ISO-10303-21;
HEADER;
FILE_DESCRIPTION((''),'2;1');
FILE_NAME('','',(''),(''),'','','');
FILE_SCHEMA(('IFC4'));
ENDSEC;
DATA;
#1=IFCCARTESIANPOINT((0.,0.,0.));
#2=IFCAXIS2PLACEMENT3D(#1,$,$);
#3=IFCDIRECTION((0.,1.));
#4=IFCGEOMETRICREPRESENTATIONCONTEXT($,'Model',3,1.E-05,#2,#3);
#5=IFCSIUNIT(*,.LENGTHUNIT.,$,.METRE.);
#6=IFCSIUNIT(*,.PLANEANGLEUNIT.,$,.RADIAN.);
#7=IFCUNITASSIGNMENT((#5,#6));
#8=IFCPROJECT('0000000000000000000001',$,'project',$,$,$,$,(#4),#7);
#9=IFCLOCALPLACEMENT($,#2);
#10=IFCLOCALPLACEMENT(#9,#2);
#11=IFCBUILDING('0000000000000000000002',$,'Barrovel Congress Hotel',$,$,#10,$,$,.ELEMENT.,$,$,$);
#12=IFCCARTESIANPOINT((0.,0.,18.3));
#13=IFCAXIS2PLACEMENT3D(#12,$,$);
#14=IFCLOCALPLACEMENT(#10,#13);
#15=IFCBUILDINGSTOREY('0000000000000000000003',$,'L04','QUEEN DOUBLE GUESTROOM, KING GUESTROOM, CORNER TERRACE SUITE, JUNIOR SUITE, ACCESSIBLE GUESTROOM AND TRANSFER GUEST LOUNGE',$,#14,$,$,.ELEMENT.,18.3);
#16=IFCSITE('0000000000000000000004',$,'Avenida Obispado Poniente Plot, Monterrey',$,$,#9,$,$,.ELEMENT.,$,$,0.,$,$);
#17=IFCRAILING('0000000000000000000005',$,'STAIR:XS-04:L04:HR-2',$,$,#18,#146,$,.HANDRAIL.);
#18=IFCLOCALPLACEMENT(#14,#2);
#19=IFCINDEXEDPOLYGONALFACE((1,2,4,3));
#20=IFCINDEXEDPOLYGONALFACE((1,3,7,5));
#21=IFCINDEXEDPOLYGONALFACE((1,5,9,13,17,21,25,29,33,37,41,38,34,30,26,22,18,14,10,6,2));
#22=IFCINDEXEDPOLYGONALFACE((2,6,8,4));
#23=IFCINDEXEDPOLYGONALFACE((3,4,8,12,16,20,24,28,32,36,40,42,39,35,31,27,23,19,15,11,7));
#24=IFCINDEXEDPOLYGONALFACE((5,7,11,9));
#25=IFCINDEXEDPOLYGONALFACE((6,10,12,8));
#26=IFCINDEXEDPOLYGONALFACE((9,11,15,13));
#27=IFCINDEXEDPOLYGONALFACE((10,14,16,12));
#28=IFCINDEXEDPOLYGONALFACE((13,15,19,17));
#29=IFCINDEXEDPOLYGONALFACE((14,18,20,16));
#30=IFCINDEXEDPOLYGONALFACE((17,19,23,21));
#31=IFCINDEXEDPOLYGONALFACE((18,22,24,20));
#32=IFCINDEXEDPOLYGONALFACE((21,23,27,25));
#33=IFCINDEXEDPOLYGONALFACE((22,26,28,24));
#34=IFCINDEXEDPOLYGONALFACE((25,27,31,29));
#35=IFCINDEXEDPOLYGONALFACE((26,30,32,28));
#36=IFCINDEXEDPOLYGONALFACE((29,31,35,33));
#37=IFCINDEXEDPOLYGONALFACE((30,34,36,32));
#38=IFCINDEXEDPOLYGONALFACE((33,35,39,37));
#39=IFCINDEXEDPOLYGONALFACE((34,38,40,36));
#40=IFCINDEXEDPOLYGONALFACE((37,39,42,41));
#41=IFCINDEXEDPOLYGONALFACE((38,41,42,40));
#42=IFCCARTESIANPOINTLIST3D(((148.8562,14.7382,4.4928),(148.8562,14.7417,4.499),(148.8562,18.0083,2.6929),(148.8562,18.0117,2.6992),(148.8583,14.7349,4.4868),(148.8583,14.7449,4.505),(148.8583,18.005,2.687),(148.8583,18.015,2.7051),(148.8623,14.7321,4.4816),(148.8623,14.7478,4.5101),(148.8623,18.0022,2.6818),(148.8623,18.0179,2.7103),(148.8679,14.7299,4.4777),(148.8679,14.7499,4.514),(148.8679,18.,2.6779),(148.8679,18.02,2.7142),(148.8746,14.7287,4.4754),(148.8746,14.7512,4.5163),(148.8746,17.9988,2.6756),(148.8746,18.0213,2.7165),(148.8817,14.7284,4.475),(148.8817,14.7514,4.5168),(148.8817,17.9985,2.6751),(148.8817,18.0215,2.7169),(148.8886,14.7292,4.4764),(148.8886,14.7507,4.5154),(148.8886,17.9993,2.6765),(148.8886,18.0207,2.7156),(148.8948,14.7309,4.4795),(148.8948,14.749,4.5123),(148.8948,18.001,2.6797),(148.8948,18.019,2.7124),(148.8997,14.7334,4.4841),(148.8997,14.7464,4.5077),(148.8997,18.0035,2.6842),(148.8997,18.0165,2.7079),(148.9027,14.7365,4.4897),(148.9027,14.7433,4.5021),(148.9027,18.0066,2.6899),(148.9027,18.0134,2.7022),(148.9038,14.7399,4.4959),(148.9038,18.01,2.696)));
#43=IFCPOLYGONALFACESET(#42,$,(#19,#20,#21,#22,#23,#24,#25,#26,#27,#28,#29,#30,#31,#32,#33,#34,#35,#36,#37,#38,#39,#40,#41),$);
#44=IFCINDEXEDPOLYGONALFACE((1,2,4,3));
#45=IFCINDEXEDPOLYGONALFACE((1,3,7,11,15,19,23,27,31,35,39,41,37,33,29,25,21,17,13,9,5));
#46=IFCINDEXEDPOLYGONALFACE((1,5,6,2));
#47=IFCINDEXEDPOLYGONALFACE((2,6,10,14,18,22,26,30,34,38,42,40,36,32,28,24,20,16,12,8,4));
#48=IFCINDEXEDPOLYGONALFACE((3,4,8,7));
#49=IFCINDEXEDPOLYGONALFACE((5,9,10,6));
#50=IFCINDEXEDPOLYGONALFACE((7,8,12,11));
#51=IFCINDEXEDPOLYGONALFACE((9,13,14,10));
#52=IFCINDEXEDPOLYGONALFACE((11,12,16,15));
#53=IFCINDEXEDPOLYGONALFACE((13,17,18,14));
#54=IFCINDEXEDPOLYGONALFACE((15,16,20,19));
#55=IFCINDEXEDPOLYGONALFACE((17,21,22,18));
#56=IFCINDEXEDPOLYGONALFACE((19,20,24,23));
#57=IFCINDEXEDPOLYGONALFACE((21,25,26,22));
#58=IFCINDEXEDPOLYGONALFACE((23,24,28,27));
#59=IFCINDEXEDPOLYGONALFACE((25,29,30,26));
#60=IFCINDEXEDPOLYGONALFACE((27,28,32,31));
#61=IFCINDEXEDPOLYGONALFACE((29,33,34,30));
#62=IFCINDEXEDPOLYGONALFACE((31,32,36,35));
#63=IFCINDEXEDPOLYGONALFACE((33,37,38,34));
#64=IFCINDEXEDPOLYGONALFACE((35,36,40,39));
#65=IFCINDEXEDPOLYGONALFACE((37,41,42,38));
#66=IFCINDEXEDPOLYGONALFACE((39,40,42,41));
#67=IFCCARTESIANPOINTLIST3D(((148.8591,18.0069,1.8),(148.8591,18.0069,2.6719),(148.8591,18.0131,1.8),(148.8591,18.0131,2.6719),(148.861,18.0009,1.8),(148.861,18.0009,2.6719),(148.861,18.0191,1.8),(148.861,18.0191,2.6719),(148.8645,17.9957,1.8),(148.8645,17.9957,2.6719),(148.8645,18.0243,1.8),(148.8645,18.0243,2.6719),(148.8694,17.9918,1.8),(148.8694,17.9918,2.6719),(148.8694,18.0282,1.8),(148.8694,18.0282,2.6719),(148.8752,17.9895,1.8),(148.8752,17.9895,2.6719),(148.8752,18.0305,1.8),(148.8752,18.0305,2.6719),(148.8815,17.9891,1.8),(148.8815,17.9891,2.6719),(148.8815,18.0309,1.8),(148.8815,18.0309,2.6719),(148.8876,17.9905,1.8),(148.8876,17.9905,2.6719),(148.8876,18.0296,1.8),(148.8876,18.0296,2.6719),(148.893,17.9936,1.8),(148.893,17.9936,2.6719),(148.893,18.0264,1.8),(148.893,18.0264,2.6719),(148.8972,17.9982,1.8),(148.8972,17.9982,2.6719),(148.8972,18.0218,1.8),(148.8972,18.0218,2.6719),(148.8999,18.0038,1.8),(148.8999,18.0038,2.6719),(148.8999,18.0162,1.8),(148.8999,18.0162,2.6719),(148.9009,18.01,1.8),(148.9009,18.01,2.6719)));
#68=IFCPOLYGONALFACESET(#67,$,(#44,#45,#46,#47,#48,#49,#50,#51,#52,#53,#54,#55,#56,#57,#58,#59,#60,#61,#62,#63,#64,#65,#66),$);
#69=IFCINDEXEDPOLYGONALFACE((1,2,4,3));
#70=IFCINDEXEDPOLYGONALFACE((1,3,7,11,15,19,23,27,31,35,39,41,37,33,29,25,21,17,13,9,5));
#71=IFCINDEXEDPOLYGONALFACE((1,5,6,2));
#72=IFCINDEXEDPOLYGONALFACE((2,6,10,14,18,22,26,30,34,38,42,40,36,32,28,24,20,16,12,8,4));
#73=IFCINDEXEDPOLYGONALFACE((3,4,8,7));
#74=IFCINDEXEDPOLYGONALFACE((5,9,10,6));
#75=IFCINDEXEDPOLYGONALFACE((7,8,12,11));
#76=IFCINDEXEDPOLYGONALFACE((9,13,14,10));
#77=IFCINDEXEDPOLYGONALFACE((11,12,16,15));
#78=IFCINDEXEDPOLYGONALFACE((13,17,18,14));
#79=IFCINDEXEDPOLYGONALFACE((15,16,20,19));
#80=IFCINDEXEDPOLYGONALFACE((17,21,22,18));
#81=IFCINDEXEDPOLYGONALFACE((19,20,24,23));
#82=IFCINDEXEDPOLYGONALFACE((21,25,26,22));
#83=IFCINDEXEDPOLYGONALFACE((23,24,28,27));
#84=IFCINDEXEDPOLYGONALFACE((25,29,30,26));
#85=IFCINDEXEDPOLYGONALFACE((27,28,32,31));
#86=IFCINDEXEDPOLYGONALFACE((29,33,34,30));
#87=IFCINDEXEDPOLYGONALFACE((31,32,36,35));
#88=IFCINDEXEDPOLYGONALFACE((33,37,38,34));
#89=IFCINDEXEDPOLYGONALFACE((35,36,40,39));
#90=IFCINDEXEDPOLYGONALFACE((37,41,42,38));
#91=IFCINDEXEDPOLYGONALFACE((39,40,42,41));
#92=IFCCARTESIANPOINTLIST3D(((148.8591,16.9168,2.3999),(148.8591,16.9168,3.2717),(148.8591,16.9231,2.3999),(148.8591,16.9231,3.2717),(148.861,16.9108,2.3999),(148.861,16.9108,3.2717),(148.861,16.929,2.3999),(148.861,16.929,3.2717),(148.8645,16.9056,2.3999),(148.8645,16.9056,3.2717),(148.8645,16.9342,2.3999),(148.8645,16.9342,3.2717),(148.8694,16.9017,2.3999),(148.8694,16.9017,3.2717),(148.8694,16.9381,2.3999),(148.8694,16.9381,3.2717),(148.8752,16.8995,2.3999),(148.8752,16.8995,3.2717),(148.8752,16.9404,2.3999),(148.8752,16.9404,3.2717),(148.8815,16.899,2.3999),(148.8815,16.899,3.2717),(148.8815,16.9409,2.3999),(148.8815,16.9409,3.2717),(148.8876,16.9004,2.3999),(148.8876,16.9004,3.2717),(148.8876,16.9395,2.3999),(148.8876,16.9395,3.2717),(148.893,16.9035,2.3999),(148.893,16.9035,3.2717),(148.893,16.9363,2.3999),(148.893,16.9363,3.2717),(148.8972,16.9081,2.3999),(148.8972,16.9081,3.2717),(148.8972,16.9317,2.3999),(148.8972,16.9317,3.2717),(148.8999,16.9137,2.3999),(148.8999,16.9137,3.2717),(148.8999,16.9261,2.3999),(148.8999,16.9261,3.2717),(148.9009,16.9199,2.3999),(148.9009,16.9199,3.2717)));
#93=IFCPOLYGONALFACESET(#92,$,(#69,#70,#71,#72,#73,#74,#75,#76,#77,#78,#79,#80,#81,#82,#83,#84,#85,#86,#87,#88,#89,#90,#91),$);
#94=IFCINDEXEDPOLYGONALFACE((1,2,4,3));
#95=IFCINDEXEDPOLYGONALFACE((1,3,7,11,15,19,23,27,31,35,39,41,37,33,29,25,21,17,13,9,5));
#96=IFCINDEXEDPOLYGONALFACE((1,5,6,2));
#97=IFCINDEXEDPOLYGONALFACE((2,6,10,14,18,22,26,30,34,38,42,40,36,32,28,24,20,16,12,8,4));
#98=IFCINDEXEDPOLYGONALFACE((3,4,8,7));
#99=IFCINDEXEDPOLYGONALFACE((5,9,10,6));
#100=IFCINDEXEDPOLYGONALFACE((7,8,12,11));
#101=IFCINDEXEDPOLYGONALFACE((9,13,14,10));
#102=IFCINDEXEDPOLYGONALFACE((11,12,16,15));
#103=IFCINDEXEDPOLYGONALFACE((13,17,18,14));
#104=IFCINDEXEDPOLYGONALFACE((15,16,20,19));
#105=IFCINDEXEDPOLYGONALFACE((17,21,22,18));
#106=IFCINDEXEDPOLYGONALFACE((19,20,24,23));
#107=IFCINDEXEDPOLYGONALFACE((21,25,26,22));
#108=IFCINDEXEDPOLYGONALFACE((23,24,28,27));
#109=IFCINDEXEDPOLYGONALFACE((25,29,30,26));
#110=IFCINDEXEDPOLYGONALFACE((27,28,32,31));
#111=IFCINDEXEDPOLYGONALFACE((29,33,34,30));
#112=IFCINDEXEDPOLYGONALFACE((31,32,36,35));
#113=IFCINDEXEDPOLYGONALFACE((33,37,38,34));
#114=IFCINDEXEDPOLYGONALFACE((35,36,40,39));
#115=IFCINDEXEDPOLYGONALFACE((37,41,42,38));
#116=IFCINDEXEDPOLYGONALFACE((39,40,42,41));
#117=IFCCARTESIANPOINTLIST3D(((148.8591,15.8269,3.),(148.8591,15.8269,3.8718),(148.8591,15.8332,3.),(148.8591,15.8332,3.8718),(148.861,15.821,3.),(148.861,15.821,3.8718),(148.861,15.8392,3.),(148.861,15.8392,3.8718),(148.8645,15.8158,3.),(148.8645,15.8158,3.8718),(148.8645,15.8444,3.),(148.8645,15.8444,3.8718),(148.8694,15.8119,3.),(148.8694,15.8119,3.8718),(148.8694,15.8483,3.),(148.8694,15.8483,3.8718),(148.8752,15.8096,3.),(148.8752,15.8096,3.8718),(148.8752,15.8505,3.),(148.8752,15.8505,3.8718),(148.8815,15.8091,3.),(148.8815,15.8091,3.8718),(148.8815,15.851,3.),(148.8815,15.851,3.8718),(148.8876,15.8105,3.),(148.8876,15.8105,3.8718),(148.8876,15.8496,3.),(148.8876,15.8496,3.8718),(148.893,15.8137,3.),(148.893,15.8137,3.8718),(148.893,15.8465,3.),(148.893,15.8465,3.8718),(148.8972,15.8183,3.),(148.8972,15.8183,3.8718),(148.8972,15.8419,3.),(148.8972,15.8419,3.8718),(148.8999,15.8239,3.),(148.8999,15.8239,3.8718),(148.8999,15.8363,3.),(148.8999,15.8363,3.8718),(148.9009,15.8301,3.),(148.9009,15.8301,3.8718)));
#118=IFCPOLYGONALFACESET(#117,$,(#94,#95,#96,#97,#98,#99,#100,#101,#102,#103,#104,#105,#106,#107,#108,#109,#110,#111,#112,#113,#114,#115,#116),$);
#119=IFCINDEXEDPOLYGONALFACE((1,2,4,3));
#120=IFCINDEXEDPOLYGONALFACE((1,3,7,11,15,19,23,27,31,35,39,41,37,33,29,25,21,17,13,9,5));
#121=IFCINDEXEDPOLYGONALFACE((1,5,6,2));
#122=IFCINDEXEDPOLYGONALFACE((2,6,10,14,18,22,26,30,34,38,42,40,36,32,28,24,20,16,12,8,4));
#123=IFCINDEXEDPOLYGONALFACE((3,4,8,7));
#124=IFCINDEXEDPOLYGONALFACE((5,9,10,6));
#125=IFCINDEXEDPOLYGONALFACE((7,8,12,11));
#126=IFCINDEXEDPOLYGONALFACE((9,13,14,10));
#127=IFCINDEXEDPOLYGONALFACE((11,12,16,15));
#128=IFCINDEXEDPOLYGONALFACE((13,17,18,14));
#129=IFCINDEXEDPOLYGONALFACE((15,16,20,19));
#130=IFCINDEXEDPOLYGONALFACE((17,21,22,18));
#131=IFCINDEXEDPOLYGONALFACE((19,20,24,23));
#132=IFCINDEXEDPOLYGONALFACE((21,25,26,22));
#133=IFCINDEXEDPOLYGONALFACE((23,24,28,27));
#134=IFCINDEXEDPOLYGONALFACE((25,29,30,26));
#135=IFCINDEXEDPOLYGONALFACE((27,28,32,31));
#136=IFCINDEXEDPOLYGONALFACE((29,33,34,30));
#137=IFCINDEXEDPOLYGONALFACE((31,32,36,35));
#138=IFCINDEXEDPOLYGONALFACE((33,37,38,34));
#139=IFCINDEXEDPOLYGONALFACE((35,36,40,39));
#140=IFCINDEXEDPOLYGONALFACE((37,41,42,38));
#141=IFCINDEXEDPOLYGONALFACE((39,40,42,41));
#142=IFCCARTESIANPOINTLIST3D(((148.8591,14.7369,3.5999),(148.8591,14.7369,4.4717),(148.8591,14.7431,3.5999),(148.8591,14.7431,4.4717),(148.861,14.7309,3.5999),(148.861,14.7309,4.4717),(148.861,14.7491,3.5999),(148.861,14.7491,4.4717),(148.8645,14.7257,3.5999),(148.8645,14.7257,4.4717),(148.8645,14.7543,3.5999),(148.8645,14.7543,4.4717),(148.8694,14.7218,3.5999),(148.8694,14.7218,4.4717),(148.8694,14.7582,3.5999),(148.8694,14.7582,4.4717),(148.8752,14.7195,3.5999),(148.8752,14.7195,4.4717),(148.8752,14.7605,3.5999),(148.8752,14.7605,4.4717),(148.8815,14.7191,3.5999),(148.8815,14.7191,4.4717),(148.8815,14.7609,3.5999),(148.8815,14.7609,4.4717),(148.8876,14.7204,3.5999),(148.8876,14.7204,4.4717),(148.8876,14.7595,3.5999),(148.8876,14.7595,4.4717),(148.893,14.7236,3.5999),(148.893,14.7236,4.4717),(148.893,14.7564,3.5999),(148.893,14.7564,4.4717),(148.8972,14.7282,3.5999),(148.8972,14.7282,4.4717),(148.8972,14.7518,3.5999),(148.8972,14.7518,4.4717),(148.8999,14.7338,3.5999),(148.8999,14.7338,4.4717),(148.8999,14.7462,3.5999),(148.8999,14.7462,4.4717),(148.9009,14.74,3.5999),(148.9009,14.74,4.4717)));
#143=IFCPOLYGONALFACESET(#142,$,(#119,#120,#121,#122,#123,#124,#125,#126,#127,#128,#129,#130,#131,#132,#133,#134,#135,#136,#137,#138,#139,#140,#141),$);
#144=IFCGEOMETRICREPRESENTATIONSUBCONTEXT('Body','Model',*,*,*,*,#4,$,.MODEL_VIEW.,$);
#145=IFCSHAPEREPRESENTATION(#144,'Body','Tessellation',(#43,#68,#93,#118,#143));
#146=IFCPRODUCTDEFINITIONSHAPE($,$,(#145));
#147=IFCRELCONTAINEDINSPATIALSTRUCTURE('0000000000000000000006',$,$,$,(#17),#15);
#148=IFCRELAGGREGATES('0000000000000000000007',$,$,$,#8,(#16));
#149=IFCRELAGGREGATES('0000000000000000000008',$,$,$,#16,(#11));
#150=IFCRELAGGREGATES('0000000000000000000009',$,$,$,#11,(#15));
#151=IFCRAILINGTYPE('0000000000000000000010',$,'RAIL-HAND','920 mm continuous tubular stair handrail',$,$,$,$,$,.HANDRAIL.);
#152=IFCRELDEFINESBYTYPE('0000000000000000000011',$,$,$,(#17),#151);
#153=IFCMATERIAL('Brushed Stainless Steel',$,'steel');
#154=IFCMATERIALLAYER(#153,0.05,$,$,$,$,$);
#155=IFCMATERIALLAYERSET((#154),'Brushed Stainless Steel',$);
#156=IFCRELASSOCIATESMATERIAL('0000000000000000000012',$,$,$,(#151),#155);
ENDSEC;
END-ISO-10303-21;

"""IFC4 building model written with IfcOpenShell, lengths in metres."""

from ifc_helpers import new_model, si_unit, direction, frame, origin, origin_2d, place, context, subcontext, project, spatial, circle, extrude, material, layer, layer_set, type_object, element, save


model = new_model("IFC4")

# Units and contexts
model_context = context("Model", 3, precision=1e-05, world=origin(), true_north=direction((0.0, 1.0)))
body_context = subcontext(model_context, "Body", "Model", "MODEL_VIEW")
ifc_project = project(units=[si_unit("LENGTHUNIT", "METRE"), si_unit("PLANEANGLEUNIT", "RADIAN")], contexts=[model_context])

# Site, building, storey
site_placement = place(None, origin())
site = spatial("IfcSite", under=ifc_project, at=site_placement, Name="Avenida Obispado Poniente Plot, Monterrey", CompositionType="ELEMENT", RefElevation=0.0)
building_placement = place(site_placement, origin())
building = spatial("IfcBuilding", under=site, at=building_placement, Name="Barrovel Congress Hotel", CompositionType="ELEMENT")
storey_placement = place(building_placement, frame((0.0, 0.0, 18.3)))
storey = spatial("IfcBuildingStorey", under=building, at=storey_placement, Name="L04", Description="QUEEN DOUBLE GUESTROOM, KING GUESTROOM, CORNER TERRACE SUITE, JUNIOR SUITE, ACCESSIBLE GUESTROOM AND TRANSFER GUEST LOUNGE", CompositionType="ELEMENT", Elevation=18.3)

# Railing
ifc_material_1 = material(Name="Brushed Stainless Steel", Category="steel")
ifc_layer_1 = layer(ifc_material_1, 0.05)
ifc_layer_set_1 = layer_set([ifc_layer_1], Name="Brushed Stainless Steel")
railing_type_1 = type_object("IfcRailingType", Name="RAIL-HAND", Description="920 mm continuous tubular stair handrail", PredefinedType="HANDRAIL", material=ifc_layer_set_1)
railing_1_placement = place(storey_placement, frame((148.8799, 18.01, 1.8)))
element("IfcRailing", 1, at=railing_1_placement, inside=storey, type_object=railing_type_1, Name="STAIR:XS-04:L04:HR-2", PredefinedType="HANDRAIL", context=body_context, shape_type="SweptSolid", body=[
    extrude(circle(Radius=0.0239, at=origin_2d()), frame((0.0, 0.0, 0.896), z_axis=(0.0, -0.876069, 0.482185), x_axis=(1.0, 0.0, 0.0)), (0.0, 0.0, 1.0), 3.7327),
    extrude(circle(Radius=0.021, at=origin_2d()), origin(), (0.0, 0.0, 1.0), 0.8718),
    extrude(circle(Radius=0.021, at=origin_2d()), frame((0.0, -1.0901, 0.5999)), (0.0, 0.0, 1.0), 0.8718),
    extrude(circle(Radius=0.021, at=origin_2d()), frame((0.0, -2.1799, 1.2)), (0.0, 0.0, 1.0), 0.8718),
    extrude(circle(Radius=0.021, at=origin_2d()), frame((0.0, -3.27, 1.7998)), (0.0, 0.0, 1.0), 0.8718),
])

save(model, "model.ifc")
